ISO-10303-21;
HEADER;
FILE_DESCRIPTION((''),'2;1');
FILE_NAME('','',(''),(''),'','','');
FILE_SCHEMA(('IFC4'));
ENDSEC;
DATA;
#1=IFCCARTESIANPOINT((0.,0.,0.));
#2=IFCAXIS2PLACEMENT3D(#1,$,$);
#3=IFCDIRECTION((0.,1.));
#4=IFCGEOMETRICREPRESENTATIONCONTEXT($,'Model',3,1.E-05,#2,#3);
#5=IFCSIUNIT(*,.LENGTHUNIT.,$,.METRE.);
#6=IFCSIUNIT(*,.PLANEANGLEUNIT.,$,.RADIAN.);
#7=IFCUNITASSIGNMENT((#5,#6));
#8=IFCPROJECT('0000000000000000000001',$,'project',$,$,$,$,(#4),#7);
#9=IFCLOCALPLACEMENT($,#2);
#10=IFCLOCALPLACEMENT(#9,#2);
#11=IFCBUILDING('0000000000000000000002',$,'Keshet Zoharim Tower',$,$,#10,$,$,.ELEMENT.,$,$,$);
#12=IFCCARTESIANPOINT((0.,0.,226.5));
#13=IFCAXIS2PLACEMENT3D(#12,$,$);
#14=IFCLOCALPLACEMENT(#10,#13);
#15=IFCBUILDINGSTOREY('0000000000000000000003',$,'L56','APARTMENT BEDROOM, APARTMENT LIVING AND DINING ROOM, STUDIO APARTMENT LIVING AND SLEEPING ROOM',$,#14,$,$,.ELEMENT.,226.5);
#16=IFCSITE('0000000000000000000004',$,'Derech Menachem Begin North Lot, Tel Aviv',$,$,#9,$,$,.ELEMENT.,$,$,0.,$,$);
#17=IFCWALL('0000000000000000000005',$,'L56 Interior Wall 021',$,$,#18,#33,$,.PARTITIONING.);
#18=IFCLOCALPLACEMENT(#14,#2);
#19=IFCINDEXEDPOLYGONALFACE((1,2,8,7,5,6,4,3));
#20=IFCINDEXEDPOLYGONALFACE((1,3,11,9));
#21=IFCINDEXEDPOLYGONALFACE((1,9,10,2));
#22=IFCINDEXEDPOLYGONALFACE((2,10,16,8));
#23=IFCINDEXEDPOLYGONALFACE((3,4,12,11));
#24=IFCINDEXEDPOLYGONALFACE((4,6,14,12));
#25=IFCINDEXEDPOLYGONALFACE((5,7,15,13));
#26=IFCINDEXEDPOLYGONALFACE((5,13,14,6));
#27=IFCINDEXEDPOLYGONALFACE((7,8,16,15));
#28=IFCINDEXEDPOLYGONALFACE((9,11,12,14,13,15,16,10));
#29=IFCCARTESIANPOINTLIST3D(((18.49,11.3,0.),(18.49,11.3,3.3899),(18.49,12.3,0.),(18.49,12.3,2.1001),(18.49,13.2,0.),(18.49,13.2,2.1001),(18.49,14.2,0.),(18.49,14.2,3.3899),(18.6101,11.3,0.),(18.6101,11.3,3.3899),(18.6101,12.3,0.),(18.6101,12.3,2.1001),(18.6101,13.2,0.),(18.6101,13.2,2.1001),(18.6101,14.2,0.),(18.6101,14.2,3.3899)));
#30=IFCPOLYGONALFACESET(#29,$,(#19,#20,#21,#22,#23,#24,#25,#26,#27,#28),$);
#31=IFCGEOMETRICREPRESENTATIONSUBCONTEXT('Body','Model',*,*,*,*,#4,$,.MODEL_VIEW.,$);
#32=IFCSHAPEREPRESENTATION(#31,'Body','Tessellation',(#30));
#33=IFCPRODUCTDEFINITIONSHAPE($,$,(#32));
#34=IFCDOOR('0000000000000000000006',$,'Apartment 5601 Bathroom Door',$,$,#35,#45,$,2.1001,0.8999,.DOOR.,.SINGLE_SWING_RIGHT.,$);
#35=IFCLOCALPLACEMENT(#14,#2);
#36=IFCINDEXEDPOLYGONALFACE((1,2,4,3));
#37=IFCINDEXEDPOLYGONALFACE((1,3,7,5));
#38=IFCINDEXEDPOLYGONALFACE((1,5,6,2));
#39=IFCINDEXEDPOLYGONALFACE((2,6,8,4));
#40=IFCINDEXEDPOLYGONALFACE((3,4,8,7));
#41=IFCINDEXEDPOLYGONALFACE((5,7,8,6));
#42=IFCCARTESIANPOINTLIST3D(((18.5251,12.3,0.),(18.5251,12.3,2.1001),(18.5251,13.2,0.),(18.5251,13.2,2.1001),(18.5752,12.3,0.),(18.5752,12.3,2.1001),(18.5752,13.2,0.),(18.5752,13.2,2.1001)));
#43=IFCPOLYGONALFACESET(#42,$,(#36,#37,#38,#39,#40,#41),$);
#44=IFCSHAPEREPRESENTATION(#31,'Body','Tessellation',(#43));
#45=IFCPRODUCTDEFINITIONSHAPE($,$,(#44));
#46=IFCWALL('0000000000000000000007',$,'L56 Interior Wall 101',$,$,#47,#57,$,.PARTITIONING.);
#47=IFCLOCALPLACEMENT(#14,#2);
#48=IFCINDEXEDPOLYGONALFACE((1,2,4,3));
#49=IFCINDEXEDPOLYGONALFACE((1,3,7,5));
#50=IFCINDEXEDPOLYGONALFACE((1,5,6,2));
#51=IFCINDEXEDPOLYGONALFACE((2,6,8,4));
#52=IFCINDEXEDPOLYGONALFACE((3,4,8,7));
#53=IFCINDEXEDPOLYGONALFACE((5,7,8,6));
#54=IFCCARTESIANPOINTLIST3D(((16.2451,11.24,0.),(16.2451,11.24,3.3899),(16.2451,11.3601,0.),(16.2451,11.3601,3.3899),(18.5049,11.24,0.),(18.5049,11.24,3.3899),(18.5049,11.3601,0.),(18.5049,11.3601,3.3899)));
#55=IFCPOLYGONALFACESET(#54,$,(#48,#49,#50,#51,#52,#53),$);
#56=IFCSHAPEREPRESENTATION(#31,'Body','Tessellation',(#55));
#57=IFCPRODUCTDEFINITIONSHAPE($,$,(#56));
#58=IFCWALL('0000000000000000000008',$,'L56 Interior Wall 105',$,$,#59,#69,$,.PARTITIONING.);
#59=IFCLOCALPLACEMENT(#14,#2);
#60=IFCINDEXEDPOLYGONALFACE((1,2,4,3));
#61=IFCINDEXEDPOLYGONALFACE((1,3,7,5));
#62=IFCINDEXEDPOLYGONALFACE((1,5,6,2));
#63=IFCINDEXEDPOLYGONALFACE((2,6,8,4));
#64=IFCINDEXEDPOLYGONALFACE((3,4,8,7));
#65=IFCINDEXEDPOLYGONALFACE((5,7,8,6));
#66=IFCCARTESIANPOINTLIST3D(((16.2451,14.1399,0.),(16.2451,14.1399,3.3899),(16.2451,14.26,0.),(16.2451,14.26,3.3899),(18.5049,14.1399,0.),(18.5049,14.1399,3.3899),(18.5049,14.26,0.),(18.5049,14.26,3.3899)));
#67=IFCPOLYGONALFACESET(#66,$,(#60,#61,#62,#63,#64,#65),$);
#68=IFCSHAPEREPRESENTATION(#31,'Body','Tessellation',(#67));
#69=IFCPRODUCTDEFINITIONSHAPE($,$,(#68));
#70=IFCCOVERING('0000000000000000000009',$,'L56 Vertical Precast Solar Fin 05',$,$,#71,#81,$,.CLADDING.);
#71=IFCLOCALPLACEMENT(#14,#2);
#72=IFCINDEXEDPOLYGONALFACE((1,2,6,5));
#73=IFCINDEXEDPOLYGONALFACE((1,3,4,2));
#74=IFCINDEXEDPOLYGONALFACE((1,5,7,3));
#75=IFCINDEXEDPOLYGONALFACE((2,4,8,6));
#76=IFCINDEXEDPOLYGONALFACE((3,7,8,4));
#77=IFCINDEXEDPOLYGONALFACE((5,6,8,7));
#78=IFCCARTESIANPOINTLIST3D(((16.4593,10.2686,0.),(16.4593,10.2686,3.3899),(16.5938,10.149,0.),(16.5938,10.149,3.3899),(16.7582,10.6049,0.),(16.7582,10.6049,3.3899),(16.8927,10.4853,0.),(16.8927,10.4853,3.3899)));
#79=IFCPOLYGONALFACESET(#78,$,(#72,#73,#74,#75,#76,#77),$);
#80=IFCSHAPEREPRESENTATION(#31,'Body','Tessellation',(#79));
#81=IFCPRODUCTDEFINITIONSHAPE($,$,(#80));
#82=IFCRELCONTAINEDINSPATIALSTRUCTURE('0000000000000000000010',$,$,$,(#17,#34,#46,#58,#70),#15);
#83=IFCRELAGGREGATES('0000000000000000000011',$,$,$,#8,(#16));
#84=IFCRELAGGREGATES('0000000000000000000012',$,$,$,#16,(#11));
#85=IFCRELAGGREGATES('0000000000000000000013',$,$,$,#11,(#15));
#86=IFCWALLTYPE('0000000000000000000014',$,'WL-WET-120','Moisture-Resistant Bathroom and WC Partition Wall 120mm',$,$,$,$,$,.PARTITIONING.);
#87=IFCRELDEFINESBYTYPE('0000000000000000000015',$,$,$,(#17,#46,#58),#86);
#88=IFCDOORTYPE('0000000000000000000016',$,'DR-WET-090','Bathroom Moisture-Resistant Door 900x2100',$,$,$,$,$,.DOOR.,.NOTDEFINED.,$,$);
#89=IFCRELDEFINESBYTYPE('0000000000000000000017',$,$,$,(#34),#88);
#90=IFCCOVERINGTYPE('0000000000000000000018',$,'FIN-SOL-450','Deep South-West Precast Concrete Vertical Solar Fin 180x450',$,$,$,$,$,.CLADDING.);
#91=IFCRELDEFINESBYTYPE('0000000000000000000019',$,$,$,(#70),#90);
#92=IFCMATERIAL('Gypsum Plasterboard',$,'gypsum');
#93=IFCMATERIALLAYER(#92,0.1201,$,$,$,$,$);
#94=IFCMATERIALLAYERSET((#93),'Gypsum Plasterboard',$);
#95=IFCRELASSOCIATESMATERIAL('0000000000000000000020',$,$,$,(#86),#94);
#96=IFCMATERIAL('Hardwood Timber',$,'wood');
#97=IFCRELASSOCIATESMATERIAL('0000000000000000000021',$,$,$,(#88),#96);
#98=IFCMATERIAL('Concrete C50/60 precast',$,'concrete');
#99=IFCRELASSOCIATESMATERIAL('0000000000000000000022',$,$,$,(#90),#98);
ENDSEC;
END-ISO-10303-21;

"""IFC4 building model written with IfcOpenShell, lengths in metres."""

from ifc_helpers import new_model, si_unit, direction, frame, frame_2d, origin, origin_2d, place, context, subcontext, project, spatial, rectangle, extrude, material, layer, layer_set, type_object, element, fill, save


model = new_model("IFC4")

# Units and contexts
model_context = context("Model", 3, precision=1e-05, world=origin(), true_north=direction((0.0, 1.0)))
body_context = subcontext(model_context, "Body", "Model", "MODEL_VIEW")
ifc_project = project(units=[si_unit("LENGTHUNIT", "METRE"), si_unit("PLANEANGLEUNIT", "RADIAN")], contexts=[model_context])

# Site, building, storey
site_placement = place(None, origin())
site = spatial("IfcSite", under=ifc_project, at=site_placement, Name="Derech Menachem Begin North Lot, Tel Aviv", CompositionType="ELEMENT", RefElevation=0.0)
building_placement = place(site_placement, origin())
building = spatial("IfcBuilding", under=site, at=building_placement, Name="Keshet Zoharim Tower", CompositionType="ELEMENT")
storey_placement = place(building_placement, frame((0.0, 0.0, 226.5)))
storey = spatial("IfcBuildingStorey", under=building, at=storey_placement, Name="L56", Description="APARTMENT BEDROOM, APARTMENT LIVING AND DINING ROOM, STUDIO APARTMENT LIVING AND SLEEPING ROOM", CompositionType="ELEMENT", Elevation=226.5)

# Shared definitions
ifc_material_1 = material(Name="Gypsum Plasterboard", Category="gypsum")
ifc_material_2 = material(Name="Hardwood Timber", Category="wood")

# Wall, opening, door
ifc_layer_1 = layer(ifc_material_1, 0.1201)
ifc_layer_set_1 = layer_set([ifc_layer_1], Name="Gypsum Plasterboard")
wall_type_1 = type_object("IfcWallType", Name="WL-WET-120", Description="Moisture-Resistant Bathroom and WC Partition Wall 120mm", PredefinedType="PARTITIONING", material=ifc_layer_set_1)
wall_1_placement = place(storey_placement, frame((18.55, 11.3, 0.0), z_axis=(0.0, 0.0, 1.0), x_axis=(0.0, 1.0, 0.0)))
wall_1 = element("IfcWall", 1, at=wall_1_placement, inside=storey, type_object=wall_type_1, Name="L56 Interior Wall 021", PredefinedType="PARTITIONING", context=body_context, shape_type="SweptSolid", body=[
    extrude(rectangle(XDim=2.8999, YDim=0.1201, at=frame_2d((1.45, 0.0))), origin(), (0.0, 0.0, 1.0), 3.3899),
])
opening_1_placement = place(wall_1_placement, frame((1.0, 0.0, 0.0)))
opening_1 = element("IfcOpeningElement", 2, at=opening_1_placement, cuts=wall_1, PredefinedType="OPENING", context=body_context, shape_type="SweptSolid", body=[
    extrude(rectangle(XDim=0.8999, YDim=2.1001, at=frame_2d((0.45, 1.05))), frame((0.0, 0.0701, 0.0), z_axis=(0.0, -1.0, 0.0), x_axis=(1.0, 0.0, 0.0)), (0.0, 0.0, 1.0), 0.1401),
])
door_type_1 = type_object("IfcDoorType", Name="DR-WET-090", Description="Bathroom Moisture-Resistant Door 900x2100", OperationType="NOTDEFINED", PredefinedType="DOOR", material=ifc_material_2)
door_1_placement = place(opening_1_placement, origin())
door_1 = element("IfcDoor", 3, at=door_1_placement, inside=storey, type_object=door_type_1, Name="Apartment 5601 Bathroom Door", OperationType="SINGLE_SWING_RIGHT", OverallHeight=2.1001, OverallWidth=0.8999, PredefinedType="DOOR", context=body_context, shape_type="SweptSolid", body=[
    extrude(rectangle(XDim=0.8999, YDim=2.1001, at=frame_2d((0.45, 1.05))), frame((0.0, 0.0249, 0.0), z_axis=(0.0, -1.0, 0.0), x_axis=(1.0, 0.0, 0.0)), (0.0, 0.0, 1.0), 0.05),
])
fill(opening_1, door_1)

# Walls
for number, where, z_axis, x_axis, name in (
    (4, (16.2451, 11.3, 0.0), (0.0, 0.0, 1.0), (1.0, 0.0, 0.0), "L56 Interior Wall 101"),
    (5, (16.2451, 14.2, 0.0), (0.0, 0.0, 1.0), (1.0, 0.0, 0.0), "L56 Interior Wall 105"),
):
    element("IfcWall", number, at=place(storey_placement, frame(where, z_axis=z_axis, x_axis=x_axis)), inside=storey, type_object=wall_type_1, Name=name, PredefinedType="PARTITIONING", context=body_context, shape_type="SweptSolid", body=[
        extrude(rectangle(XDim=2.2598, YDim=0.1201, at=frame_2d((1.1299, 0.0))), origin(), (0.0, 0.0, 1.0), 3.3899),
    ])

# Covering
ifc_material_3 = material(Name="Concrete C50/60 precast", Category="concrete")
covering_type = type_object("IfcCoveringType", Name="FIN-SOL-450", Description="Deep South-West Precast Concrete Vertical Solar Fin 180x450", PredefinedType="CLADDING", material=ifc_material_3)
covering_placement = place(storey_placement, frame((16.676, 10.377, 0.0), z_axis=(0.0, 0.0, 1.0), x_axis=(-0.747409, 0.664364, 0.0)))
element("IfcCovering", 6, at=covering_placement, inside=storey, type_object=covering_type, Name="L56 Vertical Precast Solar Fin 05", PredefinedType="CLADDING", context=body_context, shape_type="SweptSolid", body=[
    extrude(rectangle(XDim=0.1799, YDim=0.45, at=origin_2d()), origin(), (0.0, 0.0, 1.0), 3.3899),
])

save(model, "model.ifc")
